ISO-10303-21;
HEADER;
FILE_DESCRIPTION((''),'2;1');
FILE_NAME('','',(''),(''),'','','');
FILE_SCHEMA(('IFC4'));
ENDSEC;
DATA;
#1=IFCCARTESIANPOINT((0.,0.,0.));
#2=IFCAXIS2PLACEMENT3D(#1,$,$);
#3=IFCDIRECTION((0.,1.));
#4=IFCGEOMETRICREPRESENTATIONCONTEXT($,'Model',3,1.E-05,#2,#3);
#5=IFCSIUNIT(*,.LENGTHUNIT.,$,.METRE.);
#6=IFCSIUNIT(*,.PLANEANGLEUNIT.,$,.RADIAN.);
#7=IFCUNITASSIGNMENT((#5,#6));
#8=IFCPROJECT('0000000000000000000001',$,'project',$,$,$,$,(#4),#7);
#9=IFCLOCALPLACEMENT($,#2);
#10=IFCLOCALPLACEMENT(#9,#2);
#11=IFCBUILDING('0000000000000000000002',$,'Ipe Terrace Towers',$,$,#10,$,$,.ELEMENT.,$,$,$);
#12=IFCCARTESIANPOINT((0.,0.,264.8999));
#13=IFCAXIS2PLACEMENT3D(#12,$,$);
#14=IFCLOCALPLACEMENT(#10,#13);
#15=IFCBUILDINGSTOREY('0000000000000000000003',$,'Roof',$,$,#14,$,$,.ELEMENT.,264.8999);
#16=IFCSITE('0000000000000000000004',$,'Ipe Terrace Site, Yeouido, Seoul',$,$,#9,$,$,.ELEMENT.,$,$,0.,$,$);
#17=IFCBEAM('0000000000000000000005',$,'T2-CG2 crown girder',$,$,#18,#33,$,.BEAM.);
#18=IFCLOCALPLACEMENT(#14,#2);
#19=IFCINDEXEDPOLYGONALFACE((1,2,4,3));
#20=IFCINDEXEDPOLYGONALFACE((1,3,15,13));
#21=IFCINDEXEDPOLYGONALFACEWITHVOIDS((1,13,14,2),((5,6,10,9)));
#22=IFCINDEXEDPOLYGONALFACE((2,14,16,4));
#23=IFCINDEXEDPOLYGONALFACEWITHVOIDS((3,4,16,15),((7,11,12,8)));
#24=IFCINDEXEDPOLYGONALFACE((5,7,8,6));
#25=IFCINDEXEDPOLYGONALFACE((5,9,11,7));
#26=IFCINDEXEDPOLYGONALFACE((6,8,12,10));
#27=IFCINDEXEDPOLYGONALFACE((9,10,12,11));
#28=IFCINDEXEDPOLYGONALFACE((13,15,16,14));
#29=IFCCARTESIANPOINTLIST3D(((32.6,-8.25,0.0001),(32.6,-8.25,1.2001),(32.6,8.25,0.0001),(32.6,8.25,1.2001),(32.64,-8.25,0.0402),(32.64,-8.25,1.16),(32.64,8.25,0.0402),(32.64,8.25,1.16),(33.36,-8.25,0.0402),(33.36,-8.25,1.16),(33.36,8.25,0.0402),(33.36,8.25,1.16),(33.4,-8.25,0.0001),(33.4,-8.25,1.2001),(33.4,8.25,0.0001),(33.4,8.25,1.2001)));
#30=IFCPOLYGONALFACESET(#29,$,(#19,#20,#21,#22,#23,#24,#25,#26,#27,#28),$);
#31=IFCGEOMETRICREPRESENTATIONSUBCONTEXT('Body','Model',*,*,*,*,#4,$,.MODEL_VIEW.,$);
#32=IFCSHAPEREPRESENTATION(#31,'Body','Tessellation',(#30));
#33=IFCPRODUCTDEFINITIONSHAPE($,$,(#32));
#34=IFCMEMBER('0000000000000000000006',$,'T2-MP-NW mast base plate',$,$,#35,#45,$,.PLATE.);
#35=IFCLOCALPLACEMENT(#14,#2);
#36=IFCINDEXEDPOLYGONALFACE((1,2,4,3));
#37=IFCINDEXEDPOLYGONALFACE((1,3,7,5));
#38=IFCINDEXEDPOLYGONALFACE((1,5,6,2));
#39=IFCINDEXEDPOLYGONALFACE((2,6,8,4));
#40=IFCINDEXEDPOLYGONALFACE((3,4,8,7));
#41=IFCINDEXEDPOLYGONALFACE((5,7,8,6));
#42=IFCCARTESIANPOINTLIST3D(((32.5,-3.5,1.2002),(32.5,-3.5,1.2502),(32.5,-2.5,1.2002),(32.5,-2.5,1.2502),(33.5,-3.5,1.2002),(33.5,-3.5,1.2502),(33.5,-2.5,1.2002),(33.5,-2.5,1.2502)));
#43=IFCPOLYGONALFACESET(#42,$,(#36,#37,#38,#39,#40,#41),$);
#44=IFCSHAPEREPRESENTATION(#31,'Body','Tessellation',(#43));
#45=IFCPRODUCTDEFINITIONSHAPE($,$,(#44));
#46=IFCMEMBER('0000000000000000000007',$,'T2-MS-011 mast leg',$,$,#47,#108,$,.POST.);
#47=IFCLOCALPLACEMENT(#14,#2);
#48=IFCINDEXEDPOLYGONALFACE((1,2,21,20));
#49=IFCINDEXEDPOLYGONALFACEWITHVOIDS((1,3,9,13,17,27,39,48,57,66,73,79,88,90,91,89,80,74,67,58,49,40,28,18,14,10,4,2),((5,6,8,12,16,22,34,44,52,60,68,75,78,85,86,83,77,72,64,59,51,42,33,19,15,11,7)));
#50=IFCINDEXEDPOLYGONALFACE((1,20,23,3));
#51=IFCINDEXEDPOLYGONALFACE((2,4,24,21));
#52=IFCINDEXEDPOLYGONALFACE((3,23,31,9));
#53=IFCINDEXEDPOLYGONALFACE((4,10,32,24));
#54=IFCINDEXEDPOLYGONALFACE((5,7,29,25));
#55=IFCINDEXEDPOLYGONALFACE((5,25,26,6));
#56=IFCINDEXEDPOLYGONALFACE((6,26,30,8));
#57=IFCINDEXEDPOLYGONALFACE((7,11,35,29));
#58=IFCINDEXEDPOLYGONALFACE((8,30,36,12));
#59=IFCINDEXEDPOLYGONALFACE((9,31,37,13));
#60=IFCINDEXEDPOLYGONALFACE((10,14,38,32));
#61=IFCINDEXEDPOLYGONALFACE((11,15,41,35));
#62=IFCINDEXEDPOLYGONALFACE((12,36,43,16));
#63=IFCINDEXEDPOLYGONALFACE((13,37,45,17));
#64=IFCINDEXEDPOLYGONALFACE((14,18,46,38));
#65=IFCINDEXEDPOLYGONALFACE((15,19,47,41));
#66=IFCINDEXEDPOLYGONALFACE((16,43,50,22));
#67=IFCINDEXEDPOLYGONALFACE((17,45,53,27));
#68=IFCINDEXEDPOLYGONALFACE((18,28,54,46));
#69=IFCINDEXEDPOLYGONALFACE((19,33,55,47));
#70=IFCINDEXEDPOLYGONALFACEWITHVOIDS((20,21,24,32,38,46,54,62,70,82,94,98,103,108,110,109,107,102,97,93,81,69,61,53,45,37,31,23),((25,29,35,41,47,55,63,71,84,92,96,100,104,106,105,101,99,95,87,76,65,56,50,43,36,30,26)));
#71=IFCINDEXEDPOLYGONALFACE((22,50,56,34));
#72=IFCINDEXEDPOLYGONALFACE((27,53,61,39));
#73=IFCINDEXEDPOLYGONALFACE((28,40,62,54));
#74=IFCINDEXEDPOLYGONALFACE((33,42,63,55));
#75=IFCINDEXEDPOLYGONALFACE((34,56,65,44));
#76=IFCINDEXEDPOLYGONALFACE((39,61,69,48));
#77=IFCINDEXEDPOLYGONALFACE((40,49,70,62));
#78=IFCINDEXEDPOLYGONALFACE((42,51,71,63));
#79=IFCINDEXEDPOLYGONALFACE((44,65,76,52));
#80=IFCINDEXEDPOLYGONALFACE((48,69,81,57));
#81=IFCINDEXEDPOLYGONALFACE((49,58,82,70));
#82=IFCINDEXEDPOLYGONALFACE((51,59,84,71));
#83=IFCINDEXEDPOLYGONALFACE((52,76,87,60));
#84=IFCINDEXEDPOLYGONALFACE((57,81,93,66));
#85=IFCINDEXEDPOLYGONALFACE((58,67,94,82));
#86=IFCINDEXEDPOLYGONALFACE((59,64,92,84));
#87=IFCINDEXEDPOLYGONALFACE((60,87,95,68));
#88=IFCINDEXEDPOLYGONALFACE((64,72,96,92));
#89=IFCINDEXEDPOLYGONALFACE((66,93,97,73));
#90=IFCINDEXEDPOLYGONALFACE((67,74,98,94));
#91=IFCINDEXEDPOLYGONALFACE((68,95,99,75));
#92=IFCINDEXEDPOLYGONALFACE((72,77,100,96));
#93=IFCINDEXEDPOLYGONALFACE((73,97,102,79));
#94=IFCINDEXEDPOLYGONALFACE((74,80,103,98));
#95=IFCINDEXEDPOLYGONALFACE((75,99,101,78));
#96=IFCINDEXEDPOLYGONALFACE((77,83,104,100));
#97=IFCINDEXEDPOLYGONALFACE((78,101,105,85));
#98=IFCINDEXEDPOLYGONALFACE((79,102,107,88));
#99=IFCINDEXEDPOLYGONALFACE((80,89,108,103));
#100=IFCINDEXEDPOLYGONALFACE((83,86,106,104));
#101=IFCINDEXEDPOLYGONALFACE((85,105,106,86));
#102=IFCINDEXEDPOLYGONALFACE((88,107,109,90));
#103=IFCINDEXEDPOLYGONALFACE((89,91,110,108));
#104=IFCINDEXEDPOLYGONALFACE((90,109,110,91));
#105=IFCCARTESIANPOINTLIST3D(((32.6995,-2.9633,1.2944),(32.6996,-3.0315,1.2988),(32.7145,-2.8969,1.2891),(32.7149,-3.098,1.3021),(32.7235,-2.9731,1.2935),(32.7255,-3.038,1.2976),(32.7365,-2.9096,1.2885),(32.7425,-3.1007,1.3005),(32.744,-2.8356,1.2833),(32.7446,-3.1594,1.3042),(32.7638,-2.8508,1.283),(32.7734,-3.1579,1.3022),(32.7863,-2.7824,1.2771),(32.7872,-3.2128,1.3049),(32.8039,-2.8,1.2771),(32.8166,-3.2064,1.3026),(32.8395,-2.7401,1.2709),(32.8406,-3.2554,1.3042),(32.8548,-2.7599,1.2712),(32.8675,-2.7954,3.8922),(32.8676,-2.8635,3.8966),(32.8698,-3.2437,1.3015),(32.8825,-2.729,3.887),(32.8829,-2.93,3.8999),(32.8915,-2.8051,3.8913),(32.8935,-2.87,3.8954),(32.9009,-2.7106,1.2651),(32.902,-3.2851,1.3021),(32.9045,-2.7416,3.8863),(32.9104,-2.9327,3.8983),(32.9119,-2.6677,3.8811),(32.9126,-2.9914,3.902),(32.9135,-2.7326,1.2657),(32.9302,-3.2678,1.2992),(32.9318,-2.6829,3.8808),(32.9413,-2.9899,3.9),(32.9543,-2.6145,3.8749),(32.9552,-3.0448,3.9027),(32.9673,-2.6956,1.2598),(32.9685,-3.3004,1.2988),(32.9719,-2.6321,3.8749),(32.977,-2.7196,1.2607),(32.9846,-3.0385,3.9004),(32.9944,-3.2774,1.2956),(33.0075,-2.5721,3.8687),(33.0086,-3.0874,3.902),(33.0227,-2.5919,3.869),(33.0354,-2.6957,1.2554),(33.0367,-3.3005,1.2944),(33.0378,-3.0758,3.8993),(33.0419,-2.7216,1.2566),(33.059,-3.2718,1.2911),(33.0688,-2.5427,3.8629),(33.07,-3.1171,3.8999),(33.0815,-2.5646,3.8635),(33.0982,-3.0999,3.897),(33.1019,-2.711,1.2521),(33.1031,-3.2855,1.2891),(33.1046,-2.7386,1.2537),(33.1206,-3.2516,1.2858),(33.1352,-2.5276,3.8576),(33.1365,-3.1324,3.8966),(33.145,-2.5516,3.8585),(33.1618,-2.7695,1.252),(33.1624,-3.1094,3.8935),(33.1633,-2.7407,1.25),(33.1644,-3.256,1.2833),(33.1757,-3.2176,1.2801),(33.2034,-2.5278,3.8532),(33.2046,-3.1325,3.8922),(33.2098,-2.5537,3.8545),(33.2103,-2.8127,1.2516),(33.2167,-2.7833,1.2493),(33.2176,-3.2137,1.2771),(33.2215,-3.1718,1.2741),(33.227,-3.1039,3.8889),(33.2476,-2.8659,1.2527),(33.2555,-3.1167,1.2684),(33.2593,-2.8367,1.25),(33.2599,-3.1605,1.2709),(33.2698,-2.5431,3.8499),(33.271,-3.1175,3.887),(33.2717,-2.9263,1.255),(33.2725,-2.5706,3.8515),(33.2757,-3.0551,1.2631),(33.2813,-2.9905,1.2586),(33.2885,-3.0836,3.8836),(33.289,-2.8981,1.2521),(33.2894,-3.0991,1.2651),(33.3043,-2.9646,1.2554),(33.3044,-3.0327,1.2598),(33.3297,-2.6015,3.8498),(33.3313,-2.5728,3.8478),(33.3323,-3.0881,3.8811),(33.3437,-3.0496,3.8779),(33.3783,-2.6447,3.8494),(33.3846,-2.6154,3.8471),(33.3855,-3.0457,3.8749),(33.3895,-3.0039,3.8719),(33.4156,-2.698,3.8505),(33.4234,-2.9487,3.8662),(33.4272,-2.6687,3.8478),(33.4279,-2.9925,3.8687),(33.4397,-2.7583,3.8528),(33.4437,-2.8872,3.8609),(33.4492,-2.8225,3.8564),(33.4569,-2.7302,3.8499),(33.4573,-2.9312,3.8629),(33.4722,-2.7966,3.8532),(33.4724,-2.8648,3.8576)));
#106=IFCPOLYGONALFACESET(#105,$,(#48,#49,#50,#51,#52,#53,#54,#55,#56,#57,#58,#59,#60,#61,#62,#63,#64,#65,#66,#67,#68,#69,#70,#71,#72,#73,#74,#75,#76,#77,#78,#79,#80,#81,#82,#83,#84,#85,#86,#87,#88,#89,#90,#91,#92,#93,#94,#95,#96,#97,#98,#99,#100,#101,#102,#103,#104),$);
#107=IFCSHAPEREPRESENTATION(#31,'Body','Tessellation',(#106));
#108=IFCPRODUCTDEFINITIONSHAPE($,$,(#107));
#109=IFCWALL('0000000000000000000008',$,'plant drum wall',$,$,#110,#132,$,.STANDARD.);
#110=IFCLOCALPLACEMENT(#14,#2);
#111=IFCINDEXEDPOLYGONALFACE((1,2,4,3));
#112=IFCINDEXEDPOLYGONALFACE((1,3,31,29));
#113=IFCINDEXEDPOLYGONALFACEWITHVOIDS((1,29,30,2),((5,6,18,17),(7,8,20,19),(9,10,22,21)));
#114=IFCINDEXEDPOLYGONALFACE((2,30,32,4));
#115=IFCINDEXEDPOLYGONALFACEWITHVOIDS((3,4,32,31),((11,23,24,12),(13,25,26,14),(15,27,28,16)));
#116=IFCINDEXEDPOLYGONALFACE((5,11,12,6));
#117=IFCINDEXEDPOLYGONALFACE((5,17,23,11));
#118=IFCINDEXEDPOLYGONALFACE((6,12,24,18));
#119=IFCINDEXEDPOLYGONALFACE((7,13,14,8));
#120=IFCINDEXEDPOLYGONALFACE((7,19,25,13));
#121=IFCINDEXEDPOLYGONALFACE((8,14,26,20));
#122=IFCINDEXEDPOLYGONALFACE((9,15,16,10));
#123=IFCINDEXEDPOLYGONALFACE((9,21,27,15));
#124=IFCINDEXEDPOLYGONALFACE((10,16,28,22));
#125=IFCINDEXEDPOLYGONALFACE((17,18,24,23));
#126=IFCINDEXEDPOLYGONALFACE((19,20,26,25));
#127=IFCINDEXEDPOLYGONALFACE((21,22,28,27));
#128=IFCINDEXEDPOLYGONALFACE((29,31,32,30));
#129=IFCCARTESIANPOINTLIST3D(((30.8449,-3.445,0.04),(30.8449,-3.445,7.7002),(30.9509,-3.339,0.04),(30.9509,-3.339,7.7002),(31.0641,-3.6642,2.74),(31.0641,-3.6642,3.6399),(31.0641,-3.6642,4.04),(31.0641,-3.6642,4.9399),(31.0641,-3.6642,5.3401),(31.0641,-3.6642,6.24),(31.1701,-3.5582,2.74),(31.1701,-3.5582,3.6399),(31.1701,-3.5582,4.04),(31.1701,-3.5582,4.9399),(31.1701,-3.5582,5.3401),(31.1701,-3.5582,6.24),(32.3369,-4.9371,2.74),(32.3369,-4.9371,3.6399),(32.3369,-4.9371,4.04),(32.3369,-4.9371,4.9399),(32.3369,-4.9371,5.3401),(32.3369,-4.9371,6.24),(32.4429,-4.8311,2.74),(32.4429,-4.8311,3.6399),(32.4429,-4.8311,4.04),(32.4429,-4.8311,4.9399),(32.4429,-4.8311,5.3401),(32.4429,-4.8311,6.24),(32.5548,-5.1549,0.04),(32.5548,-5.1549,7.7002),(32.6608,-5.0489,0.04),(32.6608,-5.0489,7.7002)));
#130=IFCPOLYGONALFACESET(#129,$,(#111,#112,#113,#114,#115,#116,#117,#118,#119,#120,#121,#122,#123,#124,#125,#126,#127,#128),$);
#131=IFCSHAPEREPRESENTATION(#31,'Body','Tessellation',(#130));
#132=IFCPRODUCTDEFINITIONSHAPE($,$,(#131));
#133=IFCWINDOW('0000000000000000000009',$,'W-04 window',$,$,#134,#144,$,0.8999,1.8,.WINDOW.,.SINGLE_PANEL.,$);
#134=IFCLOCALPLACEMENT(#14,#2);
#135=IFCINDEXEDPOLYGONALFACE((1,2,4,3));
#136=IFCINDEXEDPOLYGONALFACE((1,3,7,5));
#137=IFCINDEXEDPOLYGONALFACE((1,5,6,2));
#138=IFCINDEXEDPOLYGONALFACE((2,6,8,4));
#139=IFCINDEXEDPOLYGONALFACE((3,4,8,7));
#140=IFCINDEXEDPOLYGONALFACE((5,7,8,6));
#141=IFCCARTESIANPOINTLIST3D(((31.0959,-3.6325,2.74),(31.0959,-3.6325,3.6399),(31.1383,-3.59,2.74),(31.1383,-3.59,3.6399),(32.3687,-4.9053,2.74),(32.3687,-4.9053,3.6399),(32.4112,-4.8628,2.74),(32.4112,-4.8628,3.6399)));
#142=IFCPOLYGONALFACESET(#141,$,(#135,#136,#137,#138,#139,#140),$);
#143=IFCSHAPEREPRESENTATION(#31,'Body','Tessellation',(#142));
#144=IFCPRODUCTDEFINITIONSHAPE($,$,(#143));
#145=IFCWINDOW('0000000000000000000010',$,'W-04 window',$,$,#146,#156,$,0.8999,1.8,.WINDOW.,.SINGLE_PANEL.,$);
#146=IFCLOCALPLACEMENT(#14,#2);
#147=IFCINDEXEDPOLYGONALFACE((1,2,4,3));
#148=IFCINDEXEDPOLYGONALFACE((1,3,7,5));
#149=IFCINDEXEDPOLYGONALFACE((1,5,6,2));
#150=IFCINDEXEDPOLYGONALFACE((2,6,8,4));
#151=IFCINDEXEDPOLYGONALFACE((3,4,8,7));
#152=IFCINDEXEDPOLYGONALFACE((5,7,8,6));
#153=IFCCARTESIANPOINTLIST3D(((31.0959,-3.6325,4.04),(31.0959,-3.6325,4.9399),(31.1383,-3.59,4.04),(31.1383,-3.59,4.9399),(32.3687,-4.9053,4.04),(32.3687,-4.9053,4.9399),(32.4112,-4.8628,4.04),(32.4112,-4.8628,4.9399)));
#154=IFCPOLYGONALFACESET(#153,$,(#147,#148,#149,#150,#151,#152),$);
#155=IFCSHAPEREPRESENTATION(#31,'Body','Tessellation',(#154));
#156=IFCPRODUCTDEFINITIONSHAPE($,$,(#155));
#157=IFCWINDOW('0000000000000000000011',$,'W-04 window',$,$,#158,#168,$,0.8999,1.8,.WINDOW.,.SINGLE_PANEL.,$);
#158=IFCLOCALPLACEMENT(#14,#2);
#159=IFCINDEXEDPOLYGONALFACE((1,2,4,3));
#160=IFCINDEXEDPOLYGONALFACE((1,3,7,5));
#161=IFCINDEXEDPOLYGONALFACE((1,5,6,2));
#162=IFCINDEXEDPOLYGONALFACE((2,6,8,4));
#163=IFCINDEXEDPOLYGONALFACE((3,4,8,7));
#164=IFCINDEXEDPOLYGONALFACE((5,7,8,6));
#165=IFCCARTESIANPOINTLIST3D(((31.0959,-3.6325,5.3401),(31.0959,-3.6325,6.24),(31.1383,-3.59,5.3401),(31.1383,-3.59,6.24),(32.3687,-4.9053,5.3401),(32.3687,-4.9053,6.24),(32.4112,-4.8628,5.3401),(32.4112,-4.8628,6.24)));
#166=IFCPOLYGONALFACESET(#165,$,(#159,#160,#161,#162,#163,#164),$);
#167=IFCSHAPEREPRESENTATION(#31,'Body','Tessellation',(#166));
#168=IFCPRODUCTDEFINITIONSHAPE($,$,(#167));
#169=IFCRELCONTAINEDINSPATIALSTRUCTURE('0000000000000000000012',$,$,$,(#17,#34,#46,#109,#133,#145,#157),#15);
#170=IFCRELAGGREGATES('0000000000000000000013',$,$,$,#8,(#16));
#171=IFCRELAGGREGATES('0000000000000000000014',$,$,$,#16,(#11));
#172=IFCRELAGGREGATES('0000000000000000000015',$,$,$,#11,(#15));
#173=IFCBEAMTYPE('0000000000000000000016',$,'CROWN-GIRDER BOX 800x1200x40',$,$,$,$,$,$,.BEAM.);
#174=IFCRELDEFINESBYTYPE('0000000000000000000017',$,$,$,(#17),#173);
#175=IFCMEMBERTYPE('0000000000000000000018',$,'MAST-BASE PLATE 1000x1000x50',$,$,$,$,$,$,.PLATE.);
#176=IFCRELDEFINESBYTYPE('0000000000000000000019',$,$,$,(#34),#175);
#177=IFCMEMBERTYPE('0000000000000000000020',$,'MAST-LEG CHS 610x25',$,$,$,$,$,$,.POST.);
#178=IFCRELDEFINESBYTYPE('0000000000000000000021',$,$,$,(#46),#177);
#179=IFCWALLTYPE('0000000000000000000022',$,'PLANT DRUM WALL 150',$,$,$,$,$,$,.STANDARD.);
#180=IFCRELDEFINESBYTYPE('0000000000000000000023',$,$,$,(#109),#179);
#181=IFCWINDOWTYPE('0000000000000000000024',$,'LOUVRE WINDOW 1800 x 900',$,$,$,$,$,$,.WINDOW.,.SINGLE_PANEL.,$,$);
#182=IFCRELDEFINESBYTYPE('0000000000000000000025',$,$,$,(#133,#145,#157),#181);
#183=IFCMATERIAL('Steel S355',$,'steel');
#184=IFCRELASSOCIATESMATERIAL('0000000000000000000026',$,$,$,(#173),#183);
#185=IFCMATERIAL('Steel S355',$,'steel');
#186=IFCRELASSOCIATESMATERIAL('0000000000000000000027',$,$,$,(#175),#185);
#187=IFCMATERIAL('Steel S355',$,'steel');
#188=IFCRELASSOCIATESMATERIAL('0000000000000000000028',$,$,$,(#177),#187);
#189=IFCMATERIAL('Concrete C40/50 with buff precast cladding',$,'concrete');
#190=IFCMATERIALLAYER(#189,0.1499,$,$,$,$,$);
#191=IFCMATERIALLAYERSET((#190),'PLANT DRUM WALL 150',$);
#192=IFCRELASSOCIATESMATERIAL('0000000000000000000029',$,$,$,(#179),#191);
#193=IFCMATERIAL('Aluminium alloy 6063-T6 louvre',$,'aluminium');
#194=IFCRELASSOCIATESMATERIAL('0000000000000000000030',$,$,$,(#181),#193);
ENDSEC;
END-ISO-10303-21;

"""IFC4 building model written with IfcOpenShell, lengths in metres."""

from ifc_helpers import new_model, si_unit, direction, frame, frame_2d, origin, origin_2d, place, context, subcontext, project, spatial, rectangle, hollow_rectangle, hollow_circle, extrude, material, layer, layer_set, material_profile, profile_set, type_object, element, fill, save


model = new_model("IFC4")

# Units and contexts
model_context = context("Model", 3, precision=1e-05, world=origin(), true_north=direction((0.0, 1.0)))
body_context = subcontext(model_context, "Body", "Model", "MODEL_VIEW")
ifc_project = project(units=[si_unit("LENGTHUNIT", "METRE"), si_unit("PLANEANGLEUNIT", "RADIAN")], contexts=[model_context])

# Site, building, storey
site_placement = place(None, origin())
site = spatial("IfcSite", under=ifc_project, at=site_placement, Name="Ipe Terrace Site, Yeouido, Seoul", CompositionType="ELEMENT", RefElevation=0.0)
building_placement = place(site_placement, origin())
building = spatial("IfcBuilding", under=site, at=building_placement, Name="Ipe Terrace Towers", CompositionType="ELEMENT")
storey_placement = place(building_placement, frame((0.0, 0.0, 264.8999)))
storey = spatial("IfcBuildingStorey", under=building, at=storey_placement, Name="Roof", CompositionType="ELEMENT", Elevation=264.8999)

# Beam
ifc_material_1 = material(Name="Steel S355", Category="steel")
ifc_material_profile_1 = material_profile(ifc_material_1, hollow_rectangle(XDim=0.8, YDim=1.2, WallThickness=0.04, at=origin_2d()), Name="CROWN-GIRDER BOX 800x1200x40")
ifc_profile_set_1 = profile_set([ifc_material_profile_1], Name="Steel S355")
beam_type = type_object("IfcBeamType", Name="CROWN-GIRDER BOX 800x1200x40", PredefinedType="BEAM", material=ifc_profile_set_1)
beam_placement = place(storey_placement, frame((33.0, -8.25, 0.6001), z_axis=(0.0, 1.0, 0.0), x_axis=(-1.0, 0.0, 0.0)))
element("IfcBeam", 1, at=beam_placement, inside=storey, type_object=beam_type, Name="T2-CG2 crown girder", PredefinedType="BEAM", context=body_context, shape_type="SweptSolid", body=[
    extrude(hollow_rectangle(XDim=0.8, YDim=1.2, WallThickness=0.04, at=origin_2d()), origin(), (0.0, 0.0, 1.0), 16.5),
])

# Members
ifc_material_2 = material(Name="Steel S355", Category="steel")
member_type_1 = type_object("IfcMemberType", Name="MAST-BASE PLATE 1000x1000x50", PredefinedType="PLATE", material=ifc_material_2)
member_1_placement = place(storey_placement, frame((33.0, -3.0, 1.2002), z_axis=(0.0, 0.0, 1.0), x_axis=(1.0, 0.0, 0.0)))
element("IfcMember", 2, at=member_1_placement, inside=storey, type_object=member_type_1, Name="T2-MP-NW mast base plate", PredefinedType="PLATE", context=body_context, shape_type="SweptSolid", body=[
    extrude(rectangle(XDim=1.0, YDim=1.0, at=origin_2d()), origin(), (0.0, 0.0, 1.0), 0.05),
])
ifc_material_3 = material(Name="Steel S355", Category="steel")
ifc_material_profile_2 = material_profile(ifc_material_3, hollow_circle(Radius=0.3049, WallThickness=0.0249, at=origin_2d()), Name="MAST-LEG CHS 610x25")
ifc_profile_set_2 = profile_set([ifc_material_profile_2], Name="Steel S355")
member_type_2 = type_object("IfcMemberType", Name="MAST-LEG CHS 610x25", PredefinedType="POST", material=ifc_profile_set_2)
member_2_placement = place(storey_placement, frame((33.002, -2.998, 1.2771), z_axis=(0.064387, 0.064387, 0.995846), x_axis=(-0.707107, 0.707107, 0.0)))
element("IfcMember", 3, at=member_2_placement, inside=storey, type_object=member_type_2, Name="T2-MS-011 mast leg", PredefinedType="POST", context=body_context, shape_type="SweptSolid", body=[
    extrude(hollow_circle(Radius=0.3049, WallThickness=0.0249, at=origin_2d()), origin(), (0.0, 0.0, 1.0), 2.6086),
])

# Wall, openings, windows
ifc_material_4 = material(Name="Concrete C40/50 with buff precast cladding", Category="concrete")
ifc_layer_1 = layer(ifc_material_4, 0.1499)
ifc_layer_set_1 = layer_set([ifc_layer_1], Name="PLANT DRUM WALL 150")
wall_type_1 = type_object("IfcWallType", Name="PLANT DRUM WALL 150", PredefinedType="STANDARD", material=ifc_layer_set_1)
wall_1_placement = place(storey_placement, frame((30.8979, -3.3921, 0.04), z_axis=(0.0, 0.0, 1.0), x_axis=(0.707107, -0.707107, 0.0)))
wall_1 = element("IfcWall", 4, at=wall_1_placement, inside=storey, type_object=wall_type_1, Name="plant drum wall", PredefinedType="STANDARD", context=body_context, shape_type="SweptSolid", body=[
    extrude(rectangle(XDim=2.4182, YDim=0.1499, at=frame_2d((1.209, 0.0))), origin(), (0.0, 0.0, 1.0), 7.6602),
])
opening_1_placement = place(wall_1_placement, frame((0.3101, 0.0, 2.7)))
opening_1 = element("IfcOpeningElement", 5, at=opening_1_placement, cuts=wall_1, PredefinedType="OPENING", context=body_context, shape_type="SweptSolid", body=[
    extrude(rectangle(XDim=1.8, YDim=0.8999, at=frame_2d((0.8999, 0.45))), frame((0.0, 0.085, 0.0), z_axis=(0.0, -1.0, 0.0), x_axis=(1.0, 0.0, 0.0)), (0.0, 0.0, 1.0), 0.1699),
])
opening_2_placement = place(wall_1_placement, frame((0.3101, 0.0, 4.0)))
opening_2 = element("IfcOpeningElement", 6, at=opening_2_placement, cuts=wall_1, PredefinedType="OPENING", context=body_context, shape_type="SweptSolid", body=[
    extrude(rectangle(XDim=1.8, YDim=0.8999, at=frame_2d((0.8999, 0.45))), frame((0.0, 0.085, 0.0), z_axis=(0.0, -1.0, 0.0), x_axis=(1.0, 0.0, 0.0)), (0.0, 0.0, 1.0), 0.1699),
])
opening_3_placement = place(wall_1_placement, frame((0.3101, 0.0, 5.3)))
opening_3 = element("IfcOpeningElement", 7, at=opening_3_placement, cuts=wall_1, PredefinedType="OPENING", context=body_context, shape_type="SweptSolid", body=[
    extrude(rectangle(XDim=1.8, YDim=0.8999, at=frame_2d((0.8999, 0.45))), frame((0.0, 0.085, 0.0), z_axis=(0.0, -1.0, 0.0), x_axis=(1.0, 0.0, 0.0)), (0.0, 0.0, 1.0), 0.1699),
])
ifc_material_5 = material(Name="Aluminium alloy 6063-T6 louvre", Category="aluminium")
window_type = type_object("IfcWindowType", Name="LOUVRE WINDOW 1800 x 900", PartitioningType="SINGLE_PANEL", PredefinedType="WINDOW", material=ifc_material_5)
window_1_placement = place(opening_1_placement, origin())
window_1 = element("IfcWindow", 8, at=window_1_placement, inside=storey, type_object=window_type, Name="W-04 window", OverallHeight=0.8999, OverallWidth=1.8, PartitioningType="SINGLE_PANEL", PredefinedType="WINDOW", context=body_context, shape_type="SweptSolid", body=[
    extrude(rectangle(XDim=1.8, YDim=0.8999, at=frame_2d((0.8999, 0.45))), frame((0.0, 0.03, 0.0), z_axis=(0.0, -1.0, 0.0), x_axis=(1.0, 0.0, 0.0)), (0.0, 0.0, 1.0), 0.0601),
])
fill(opening_1, window_1)
window_2_placement = place(opening_2_placement, origin())
window_2 = element("IfcWindow", 9, at=window_2_placement, inside=storey, type_object=window_type, Name="W-04 window", OverallHeight=0.8999, OverallWidth=1.8, PartitioningType="SINGLE_PANEL", PredefinedType="WINDOW", context=body_context, shape_type="SweptSolid", body=[
    extrude(rectangle(XDim=1.8, YDim=0.8999, at=frame_2d((0.8999, 0.45))), frame((0.0, 0.03, 0.0), z_axis=(0.0, -1.0, 0.0), x_axis=(1.0, 0.0, 0.0)), (0.0, 0.0, 1.0), 0.0601),
])
fill(opening_2, window_2)
window_3_placement = place(opening_3_placement, origin())
window_3 = element("IfcWindow", 10, at=window_3_placement, inside=storey, type_object=window_type, Name="W-04 window", OverallHeight=0.8999, OverallWidth=1.8, PartitioningType="SINGLE_PANEL", PredefinedType="WINDOW", context=body_context, shape_type="SweptSolid", body=[
    extrude(rectangle(XDim=1.8, YDim=0.8999, at=frame_2d((0.8999, 0.45))), frame((0.0, 0.03, 0.0), z_axis=(0.0, -1.0, 0.0), x_axis=(1.0, 0.0, 0.0)), (0.0, 0.0, 1.0), 0.0601),
])
fill(opening_3, window_3)

save(model, "model.ifc")
